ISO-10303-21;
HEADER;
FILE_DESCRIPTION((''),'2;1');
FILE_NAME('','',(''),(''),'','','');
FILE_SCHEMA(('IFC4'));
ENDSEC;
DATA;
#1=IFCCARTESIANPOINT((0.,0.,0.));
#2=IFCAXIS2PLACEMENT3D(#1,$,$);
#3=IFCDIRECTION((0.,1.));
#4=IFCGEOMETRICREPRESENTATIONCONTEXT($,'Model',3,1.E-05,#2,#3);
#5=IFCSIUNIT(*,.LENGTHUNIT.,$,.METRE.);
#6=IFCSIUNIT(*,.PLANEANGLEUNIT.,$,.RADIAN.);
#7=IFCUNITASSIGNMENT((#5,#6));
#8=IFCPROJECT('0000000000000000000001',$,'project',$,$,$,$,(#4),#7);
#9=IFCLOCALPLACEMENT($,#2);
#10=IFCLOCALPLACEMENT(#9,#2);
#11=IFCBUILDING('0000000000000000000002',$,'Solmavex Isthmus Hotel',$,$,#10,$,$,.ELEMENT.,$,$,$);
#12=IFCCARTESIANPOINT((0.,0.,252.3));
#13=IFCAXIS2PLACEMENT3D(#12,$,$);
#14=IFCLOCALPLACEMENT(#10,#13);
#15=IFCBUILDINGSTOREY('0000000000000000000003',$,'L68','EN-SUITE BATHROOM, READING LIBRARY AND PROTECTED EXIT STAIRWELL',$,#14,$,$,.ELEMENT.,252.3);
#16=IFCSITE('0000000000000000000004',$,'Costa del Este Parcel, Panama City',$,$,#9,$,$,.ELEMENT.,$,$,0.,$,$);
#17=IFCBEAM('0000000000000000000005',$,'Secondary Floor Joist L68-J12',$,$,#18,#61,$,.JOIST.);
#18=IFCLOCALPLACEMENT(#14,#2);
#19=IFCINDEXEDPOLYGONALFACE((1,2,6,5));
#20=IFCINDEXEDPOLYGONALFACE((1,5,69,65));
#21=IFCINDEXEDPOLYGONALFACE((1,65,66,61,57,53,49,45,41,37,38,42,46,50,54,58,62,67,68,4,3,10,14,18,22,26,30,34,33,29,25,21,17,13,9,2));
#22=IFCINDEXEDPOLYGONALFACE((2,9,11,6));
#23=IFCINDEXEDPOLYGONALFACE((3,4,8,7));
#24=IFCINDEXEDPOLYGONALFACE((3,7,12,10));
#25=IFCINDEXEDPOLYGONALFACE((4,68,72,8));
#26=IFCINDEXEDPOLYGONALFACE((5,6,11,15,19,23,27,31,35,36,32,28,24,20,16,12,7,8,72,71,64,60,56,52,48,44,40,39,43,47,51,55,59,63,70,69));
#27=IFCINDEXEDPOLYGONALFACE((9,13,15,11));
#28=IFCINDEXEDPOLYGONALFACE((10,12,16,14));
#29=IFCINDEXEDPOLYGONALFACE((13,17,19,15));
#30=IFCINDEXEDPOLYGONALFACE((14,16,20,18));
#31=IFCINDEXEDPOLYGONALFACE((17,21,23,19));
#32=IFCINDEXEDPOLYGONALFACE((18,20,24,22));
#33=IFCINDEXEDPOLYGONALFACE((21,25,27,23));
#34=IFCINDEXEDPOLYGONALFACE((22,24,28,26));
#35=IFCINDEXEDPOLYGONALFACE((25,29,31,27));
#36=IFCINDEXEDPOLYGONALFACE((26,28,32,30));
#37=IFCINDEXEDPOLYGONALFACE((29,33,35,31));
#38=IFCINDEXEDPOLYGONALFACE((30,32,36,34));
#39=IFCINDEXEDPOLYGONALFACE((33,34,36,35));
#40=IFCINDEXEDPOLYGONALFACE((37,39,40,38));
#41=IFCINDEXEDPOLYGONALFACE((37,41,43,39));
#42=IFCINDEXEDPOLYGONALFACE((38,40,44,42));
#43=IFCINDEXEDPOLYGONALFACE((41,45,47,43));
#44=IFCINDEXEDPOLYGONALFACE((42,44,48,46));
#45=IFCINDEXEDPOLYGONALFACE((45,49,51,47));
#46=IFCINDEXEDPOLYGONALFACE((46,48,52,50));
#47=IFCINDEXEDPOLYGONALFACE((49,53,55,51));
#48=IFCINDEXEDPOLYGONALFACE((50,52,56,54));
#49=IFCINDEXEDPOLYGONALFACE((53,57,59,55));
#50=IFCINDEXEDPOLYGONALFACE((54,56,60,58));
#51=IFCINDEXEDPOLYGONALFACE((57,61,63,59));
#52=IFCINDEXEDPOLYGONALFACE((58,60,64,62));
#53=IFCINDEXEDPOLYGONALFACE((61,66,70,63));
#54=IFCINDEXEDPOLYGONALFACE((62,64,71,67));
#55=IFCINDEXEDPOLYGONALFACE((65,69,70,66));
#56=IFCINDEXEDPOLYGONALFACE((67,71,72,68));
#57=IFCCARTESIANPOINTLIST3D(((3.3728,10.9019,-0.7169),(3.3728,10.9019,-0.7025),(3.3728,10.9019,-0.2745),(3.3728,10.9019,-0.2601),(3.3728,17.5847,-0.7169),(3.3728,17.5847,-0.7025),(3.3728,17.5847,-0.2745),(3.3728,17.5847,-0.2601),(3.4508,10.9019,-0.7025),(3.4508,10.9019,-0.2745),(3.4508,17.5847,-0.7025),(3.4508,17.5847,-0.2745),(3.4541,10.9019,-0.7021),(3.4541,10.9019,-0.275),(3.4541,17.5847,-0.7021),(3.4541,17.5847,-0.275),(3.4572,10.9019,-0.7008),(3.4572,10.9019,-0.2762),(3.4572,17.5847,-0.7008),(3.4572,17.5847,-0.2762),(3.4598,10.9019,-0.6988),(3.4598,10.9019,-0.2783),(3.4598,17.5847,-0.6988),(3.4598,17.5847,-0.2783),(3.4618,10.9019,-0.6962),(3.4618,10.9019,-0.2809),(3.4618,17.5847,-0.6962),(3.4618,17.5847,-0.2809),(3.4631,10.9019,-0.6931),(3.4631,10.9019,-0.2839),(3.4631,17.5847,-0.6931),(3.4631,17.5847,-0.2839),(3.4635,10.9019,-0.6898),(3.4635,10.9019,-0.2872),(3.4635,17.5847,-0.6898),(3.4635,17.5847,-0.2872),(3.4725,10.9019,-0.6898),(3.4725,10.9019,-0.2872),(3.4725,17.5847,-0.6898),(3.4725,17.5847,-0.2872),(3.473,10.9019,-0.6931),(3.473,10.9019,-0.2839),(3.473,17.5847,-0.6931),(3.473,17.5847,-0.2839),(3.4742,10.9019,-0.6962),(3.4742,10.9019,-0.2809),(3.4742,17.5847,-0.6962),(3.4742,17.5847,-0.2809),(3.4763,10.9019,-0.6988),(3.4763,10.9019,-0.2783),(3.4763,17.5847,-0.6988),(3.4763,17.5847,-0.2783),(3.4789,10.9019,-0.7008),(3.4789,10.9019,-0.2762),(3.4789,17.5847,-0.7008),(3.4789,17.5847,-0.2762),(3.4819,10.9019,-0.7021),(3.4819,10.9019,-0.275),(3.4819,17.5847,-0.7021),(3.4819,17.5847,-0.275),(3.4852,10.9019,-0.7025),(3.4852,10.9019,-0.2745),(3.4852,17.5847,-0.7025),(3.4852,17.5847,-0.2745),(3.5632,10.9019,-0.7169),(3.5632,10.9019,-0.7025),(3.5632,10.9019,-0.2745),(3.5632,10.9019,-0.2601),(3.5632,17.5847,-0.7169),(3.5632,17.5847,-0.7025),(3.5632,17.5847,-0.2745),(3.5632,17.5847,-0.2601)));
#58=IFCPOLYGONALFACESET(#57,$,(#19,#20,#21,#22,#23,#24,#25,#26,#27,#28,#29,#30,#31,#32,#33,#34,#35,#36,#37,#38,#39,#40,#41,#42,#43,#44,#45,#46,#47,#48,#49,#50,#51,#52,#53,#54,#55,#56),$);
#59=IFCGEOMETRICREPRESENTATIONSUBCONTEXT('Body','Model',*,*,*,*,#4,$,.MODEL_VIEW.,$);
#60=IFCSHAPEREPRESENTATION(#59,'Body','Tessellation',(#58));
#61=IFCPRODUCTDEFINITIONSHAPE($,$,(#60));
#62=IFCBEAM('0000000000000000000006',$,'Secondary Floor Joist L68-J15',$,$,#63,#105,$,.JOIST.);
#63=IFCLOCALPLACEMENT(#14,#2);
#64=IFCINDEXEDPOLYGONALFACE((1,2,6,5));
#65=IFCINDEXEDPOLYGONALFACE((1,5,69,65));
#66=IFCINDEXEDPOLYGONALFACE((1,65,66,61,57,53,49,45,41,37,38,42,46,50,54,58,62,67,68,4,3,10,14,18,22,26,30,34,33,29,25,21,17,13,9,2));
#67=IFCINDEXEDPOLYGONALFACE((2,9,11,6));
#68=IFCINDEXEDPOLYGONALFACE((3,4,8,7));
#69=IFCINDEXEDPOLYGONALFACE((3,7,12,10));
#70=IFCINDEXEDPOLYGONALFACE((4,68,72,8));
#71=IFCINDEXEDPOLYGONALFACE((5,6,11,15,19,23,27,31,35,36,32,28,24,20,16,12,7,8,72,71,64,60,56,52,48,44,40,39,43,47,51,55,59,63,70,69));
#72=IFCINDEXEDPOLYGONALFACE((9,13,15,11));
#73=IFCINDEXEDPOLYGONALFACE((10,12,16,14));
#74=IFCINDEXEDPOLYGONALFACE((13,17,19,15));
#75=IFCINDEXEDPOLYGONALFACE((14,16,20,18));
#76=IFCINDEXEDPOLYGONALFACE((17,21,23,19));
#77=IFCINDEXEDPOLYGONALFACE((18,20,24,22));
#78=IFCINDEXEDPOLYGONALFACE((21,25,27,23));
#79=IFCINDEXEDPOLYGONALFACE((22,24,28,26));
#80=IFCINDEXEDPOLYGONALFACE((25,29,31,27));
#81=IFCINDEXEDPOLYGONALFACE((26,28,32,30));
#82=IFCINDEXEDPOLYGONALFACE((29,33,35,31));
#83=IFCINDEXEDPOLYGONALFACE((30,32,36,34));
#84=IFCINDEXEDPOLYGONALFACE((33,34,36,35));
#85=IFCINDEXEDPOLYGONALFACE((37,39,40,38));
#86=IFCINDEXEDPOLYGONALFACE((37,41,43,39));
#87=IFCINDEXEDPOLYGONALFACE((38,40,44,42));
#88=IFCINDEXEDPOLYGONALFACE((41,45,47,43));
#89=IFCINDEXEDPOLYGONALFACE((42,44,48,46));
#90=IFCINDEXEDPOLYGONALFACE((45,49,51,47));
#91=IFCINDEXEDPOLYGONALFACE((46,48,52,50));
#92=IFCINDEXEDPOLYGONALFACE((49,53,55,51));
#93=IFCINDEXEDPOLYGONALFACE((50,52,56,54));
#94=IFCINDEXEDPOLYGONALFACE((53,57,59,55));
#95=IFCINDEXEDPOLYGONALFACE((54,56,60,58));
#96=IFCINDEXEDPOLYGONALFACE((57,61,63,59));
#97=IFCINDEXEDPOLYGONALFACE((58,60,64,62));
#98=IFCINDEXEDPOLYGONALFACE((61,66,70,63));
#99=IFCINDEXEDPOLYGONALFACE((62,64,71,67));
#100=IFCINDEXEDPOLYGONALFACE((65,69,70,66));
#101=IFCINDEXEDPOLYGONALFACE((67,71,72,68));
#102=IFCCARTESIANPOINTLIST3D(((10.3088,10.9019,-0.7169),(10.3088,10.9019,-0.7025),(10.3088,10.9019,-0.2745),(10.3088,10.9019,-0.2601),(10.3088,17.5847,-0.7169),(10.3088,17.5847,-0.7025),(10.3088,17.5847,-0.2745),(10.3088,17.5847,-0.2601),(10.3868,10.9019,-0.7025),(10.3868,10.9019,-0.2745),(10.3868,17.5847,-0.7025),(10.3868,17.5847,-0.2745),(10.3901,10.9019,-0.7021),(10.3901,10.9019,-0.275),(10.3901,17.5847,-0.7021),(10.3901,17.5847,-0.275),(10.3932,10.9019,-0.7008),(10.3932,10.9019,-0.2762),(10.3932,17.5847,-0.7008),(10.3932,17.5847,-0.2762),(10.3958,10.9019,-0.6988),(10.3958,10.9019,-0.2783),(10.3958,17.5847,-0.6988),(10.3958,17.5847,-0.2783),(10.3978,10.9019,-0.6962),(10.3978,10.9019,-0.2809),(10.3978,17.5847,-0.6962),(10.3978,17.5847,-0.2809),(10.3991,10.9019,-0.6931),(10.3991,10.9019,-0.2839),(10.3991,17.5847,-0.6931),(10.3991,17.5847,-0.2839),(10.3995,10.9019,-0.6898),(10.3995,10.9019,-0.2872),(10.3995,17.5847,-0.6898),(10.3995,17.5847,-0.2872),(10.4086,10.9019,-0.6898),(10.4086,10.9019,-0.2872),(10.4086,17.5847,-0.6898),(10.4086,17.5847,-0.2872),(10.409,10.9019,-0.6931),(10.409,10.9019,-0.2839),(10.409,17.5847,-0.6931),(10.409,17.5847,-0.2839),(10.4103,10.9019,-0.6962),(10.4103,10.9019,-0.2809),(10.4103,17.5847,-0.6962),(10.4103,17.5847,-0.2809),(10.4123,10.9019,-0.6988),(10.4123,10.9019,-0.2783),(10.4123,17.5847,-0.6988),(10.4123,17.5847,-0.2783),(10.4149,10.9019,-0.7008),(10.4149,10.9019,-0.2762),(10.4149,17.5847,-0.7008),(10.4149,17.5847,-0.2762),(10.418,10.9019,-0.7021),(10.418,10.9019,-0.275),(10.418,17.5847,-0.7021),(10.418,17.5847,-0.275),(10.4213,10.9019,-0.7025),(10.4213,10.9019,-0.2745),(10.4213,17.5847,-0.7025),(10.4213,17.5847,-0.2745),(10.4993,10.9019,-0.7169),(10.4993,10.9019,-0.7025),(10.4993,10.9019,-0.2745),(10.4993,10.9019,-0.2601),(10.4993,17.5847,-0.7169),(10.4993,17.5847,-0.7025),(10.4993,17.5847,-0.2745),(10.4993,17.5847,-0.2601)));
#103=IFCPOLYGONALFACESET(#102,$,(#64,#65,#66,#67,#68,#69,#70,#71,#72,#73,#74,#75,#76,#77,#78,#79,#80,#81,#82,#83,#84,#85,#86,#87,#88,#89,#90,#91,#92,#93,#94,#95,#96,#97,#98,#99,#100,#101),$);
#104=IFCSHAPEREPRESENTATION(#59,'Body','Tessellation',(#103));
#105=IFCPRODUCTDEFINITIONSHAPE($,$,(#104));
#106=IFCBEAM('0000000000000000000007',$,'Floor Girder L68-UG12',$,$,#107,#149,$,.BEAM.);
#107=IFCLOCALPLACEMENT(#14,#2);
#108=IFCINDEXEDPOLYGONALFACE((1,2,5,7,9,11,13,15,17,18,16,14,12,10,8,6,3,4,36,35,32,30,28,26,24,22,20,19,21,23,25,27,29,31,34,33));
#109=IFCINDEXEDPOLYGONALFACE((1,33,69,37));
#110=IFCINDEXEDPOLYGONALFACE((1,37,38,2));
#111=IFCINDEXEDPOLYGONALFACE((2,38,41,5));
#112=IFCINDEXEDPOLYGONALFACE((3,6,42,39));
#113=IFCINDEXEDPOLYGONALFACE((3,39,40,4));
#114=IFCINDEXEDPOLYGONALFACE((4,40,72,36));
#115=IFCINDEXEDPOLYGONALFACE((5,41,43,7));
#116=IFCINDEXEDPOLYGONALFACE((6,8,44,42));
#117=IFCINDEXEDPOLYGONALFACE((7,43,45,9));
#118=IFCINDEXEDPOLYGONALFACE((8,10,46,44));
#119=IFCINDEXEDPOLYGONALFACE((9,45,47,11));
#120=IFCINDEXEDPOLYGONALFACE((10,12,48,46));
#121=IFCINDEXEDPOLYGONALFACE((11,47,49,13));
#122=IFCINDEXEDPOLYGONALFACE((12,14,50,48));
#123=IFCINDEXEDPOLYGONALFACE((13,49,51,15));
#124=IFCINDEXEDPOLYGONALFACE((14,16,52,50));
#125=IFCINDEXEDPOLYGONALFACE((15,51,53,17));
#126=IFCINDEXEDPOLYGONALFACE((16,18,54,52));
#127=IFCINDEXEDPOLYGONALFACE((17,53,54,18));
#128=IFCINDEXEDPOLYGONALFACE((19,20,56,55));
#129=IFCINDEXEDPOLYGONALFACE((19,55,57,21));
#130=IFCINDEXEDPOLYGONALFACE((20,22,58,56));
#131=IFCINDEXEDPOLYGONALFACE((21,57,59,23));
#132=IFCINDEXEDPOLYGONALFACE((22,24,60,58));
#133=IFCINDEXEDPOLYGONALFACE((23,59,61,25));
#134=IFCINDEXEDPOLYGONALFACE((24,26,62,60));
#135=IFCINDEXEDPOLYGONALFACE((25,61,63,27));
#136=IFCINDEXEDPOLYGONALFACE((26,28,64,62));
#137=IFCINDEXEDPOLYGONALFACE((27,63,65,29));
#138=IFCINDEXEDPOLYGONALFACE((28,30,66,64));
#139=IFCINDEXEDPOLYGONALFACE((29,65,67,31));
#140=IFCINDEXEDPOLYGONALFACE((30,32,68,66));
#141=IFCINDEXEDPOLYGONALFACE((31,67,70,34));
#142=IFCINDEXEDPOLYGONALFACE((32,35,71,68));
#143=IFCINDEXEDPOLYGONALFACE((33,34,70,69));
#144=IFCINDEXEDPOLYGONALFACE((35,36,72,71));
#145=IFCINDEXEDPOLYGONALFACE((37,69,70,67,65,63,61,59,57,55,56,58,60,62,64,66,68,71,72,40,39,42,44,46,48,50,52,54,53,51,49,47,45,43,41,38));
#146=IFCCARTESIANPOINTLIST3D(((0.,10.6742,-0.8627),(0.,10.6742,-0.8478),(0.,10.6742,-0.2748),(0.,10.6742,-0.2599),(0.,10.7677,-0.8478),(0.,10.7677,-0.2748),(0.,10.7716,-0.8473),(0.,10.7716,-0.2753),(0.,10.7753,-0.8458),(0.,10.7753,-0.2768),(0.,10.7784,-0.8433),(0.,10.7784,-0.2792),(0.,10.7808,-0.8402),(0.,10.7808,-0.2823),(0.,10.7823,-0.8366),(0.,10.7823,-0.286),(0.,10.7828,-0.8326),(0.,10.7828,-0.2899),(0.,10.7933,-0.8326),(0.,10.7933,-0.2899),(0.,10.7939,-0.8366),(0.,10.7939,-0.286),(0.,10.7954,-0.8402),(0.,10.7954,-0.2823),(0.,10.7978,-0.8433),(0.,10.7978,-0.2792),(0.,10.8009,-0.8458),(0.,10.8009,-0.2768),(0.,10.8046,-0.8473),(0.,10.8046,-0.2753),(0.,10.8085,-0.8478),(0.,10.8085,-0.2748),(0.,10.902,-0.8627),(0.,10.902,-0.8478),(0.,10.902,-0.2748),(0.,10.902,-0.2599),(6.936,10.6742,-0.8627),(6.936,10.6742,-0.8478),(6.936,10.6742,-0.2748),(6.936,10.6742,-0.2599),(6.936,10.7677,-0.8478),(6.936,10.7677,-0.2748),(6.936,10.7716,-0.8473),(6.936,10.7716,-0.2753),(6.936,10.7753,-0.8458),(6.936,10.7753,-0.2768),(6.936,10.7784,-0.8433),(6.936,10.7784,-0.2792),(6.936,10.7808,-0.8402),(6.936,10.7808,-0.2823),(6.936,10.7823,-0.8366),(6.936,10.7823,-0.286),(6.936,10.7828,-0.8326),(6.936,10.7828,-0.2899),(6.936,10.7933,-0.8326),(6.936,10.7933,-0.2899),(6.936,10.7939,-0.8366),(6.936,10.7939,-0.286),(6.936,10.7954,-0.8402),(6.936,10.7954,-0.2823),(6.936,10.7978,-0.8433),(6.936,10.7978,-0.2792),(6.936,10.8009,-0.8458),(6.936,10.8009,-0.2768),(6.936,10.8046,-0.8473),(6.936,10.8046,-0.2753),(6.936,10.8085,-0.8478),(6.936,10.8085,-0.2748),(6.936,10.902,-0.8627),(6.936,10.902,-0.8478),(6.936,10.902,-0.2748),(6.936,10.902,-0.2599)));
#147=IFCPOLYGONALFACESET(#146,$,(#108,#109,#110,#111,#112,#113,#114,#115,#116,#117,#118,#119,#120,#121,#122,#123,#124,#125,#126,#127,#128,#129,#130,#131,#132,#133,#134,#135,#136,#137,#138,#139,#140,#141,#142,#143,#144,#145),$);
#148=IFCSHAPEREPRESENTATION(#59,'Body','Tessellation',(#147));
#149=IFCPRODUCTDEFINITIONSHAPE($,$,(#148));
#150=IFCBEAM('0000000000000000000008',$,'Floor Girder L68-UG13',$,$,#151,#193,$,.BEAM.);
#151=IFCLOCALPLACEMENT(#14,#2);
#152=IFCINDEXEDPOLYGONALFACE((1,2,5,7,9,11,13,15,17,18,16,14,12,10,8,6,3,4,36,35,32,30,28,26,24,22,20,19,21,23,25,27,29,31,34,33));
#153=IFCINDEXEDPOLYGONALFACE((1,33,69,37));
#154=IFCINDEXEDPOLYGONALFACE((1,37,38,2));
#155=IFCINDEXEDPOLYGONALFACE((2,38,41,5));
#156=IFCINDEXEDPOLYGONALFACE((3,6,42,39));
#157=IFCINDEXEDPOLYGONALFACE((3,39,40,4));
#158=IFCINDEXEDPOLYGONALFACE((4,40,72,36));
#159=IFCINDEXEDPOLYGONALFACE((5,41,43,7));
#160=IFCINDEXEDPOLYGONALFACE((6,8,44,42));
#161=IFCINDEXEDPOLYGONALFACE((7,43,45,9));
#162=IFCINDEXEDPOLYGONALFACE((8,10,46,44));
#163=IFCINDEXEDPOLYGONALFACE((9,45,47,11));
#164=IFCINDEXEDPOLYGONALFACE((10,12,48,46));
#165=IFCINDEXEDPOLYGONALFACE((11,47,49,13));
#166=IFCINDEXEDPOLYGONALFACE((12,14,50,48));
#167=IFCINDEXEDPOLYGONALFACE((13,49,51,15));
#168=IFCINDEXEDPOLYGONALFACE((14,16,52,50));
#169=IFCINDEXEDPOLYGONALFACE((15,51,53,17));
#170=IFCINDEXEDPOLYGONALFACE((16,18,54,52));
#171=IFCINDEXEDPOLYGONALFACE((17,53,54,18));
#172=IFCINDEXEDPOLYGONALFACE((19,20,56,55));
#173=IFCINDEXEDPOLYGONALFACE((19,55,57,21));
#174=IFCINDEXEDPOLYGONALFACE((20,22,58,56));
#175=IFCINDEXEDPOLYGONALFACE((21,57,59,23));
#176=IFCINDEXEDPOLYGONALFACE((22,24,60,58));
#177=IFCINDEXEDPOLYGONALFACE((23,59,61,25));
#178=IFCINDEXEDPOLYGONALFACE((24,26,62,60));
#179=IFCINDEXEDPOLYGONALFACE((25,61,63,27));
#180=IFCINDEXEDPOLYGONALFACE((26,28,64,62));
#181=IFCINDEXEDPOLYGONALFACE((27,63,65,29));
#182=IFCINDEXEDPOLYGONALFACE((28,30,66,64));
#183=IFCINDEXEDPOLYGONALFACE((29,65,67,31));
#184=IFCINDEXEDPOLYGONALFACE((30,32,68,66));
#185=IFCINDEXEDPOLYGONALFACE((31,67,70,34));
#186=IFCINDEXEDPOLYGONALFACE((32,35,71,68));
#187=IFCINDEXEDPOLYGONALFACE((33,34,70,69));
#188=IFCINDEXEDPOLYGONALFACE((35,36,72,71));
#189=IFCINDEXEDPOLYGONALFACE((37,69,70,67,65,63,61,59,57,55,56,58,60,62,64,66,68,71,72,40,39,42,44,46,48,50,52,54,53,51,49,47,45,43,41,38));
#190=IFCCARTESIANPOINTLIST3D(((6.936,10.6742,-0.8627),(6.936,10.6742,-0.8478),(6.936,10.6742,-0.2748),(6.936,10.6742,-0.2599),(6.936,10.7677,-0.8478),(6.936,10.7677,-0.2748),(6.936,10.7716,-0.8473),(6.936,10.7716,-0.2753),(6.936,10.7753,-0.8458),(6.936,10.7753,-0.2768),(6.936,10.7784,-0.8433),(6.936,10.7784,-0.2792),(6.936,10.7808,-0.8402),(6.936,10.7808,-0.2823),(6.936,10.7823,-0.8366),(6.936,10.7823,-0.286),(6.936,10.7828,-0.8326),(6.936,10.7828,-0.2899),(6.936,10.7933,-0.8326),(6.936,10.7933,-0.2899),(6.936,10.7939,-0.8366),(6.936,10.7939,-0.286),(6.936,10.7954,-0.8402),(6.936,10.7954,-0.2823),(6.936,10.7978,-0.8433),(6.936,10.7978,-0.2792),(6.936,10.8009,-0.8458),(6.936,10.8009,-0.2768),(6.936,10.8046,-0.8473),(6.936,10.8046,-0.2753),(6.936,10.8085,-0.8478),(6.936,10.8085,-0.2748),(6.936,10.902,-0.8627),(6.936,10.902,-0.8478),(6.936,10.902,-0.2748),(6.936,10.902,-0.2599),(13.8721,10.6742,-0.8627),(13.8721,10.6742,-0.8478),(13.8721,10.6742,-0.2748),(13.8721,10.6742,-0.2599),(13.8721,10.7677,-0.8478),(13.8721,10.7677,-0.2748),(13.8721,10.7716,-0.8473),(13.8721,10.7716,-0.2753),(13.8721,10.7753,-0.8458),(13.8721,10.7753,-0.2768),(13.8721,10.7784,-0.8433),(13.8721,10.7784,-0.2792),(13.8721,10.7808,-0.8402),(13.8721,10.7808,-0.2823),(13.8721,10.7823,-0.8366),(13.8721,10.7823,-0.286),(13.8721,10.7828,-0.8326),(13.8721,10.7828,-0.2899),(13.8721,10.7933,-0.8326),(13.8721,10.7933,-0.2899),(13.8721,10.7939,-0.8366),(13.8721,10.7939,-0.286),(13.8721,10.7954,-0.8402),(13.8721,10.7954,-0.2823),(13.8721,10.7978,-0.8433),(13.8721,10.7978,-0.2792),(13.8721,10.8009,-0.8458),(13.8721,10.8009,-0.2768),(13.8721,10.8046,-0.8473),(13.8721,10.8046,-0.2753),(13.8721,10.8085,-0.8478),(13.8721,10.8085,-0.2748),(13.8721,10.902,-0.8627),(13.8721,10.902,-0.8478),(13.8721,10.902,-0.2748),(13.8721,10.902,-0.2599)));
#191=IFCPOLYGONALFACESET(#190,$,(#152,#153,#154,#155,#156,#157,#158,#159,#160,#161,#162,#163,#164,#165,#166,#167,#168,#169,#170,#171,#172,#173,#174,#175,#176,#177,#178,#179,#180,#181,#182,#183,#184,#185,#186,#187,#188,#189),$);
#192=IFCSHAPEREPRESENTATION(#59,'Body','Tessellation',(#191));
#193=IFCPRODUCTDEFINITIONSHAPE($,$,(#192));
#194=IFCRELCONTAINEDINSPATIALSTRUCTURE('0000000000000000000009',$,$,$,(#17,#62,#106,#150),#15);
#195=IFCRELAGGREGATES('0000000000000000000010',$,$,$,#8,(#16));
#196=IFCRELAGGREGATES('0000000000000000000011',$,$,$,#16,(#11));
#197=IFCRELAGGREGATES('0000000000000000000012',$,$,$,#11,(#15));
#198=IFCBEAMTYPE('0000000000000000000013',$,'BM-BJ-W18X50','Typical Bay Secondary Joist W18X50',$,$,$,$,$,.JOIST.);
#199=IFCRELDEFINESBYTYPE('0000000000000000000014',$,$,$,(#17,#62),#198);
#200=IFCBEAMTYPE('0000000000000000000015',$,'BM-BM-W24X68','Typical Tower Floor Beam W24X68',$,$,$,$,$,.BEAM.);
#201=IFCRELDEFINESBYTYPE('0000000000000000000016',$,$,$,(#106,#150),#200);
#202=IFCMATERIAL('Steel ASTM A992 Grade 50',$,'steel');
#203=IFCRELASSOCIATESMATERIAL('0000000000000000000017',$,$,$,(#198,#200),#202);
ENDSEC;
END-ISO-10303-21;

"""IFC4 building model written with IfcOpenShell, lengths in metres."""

from ifc_helpers import new_model, si_unit, direction, frame, origin, origin_2d, place, context, subcontext, project, spatial, i_section, extrude, material, material_profile, profile_set, type_object, element, save


model = new_model("IFC4")

# Units and contexts
model_context = context("Model", 3, precision=1e-05, world=origin(), true_north=direction((0.0, 1.0)))
body_context = subcontext(model_context, "Body", "Model", "MODEL_VIEW")
ifc_project = project(units=[si_unit("LENGTHUNIT", "METRE"), si_unit("PLANEANGLEUNIT", "RADIAN")], contexts=[model_context])

# Site, building, storey
site_placement = place(None, origin())
site = spatial("IfcSite", under=ifc_project, at=site_placement, Name="Costa del Este Parcel, Panama City", CompositionType="ELEMENT", RefElevation=0.0)
building_placement = place(site_placement, origin())
building = spatial("IfcBuilding", under=site, at=building_placement, Name="Solmavex Isthmus Hotel", CompositionType="ELEMENT")
storey_placement = place(building_placement, frame((0.0, 0.0, 252.3)))
storey = spatial("IfcBuildingStorey", under=building, at=storey_placement, Name="L68", Description="EN-SUITE BATHROOM, READING LIBRARY AND PROTECTED EXIT STAIRWELL", CompositionType="ELEMENT", Elevation=252.3)

# Beams
ifc_material_1 = material(Name="Steel ASTM A992 Grade 50", Category="steel")
ifc_material_profile_1 = material_profile(ifc_material_1, i_section(OverallWidth=0.1904, OverallDepth=0.4568, WebThickness=0.009, FlangeThickness=0.0144, FilletRadius=0.0127, at=origin_2d()), Name="W18X50")
ifc_profile_set_1 = profile_set([ifc_material_profile_1], Name="Steel ASTM A992 Grade 50")
beam_type_1 = type_object("IfcBeamType", Name="BM-BJ-W18X50", Description="Typical Bay Secondary Joist W18X50", PredefinedType="JOIST", material=ifc_profile_set_1)
for number, where, z_axis, x_axis, name in (
    (1, (3.468, 10.9019, -0.4885), (0.0, 1.0, 0.0), (-1.0, 0.0, 0.0), "Secondary Floor Joist L68-J12"),
    (2, (10.4041, 10.9019, -0.4885), (0.0, 1.0, 0.0), (-1.0, 0.0, 0.0), "Secondary Floor Joist L68-J15"),
):
    element("IfcBeam", number, at=place(storey_placement, frame(where, z_axis=z_axis, x_axis=x_axis)), inside=storey, type_object=beam_type_1, Name=name, PredefinedType="JOIST", context=body_context, shape_type="SweptSolid", body=[
        extrude(i_section(OverallWidth=0.1904, OverallDepth=0.4568, WebThickness=0.009, FlangeThickness=0.0144, FilletRadius=0.0127, at=origin_2d()), origin(), (0.0, 0.0, 1.0), 6.6829),
    ])
ifc_material_profile_2 = material_profile(ifc_material_1, i_section(OverallWidth=0.2278, OverallDepth=0.6028, WebThickness=0.0105, FlangeThickness=0.0149, FilletRadius=0.0151, at=origin_2d()), Name="W24X68")
ifc_profile_set_2 = profile_set([ifc_material_profile_2], Name="Steel ASTM A992 Grade 50")
beam_type_2 = type_object("IfcBeamType", Name="BM-BM-W24X68", Description="Typical Tower Floor Beam W24X68", PredefinedType="BEAM", material=ifc_profile_set_2)
for number, where, z_axis, x_axis, name in (
    (3, (0.0, 10.7881, -0.5613), (1.0, 0.0, 0.0), (0.0, 1.0, 0.0), "Floor Girder L68-UG12"),
    (4, (6.936, 10.7881, -0.5613), (1.0, 0.0, 0.0), (0.0, 1.0, 0.0), "Floor Girder L68-UG13"),
):
    element("IfcBeam", number, at=place(storey_placement, frame(where, z_axis=z_axis, x_axis=x_axis)), inside=storey, type_object=beam_type_2, Name=name, PredefinedType="BEAM", context=body_context, shape_type="SweptSolid", body=[
        extrude(i_section(OverallWidth=0.2278, OverallDepth=0.6028, WebThickness=0.0105, FlangeThickness=0.0149, FilletRadius=0.0151, at=origin_2d()), origin(), (0.0, 0.0, 1.0), 6.936),
    ])

save(model, "model.ifc")
